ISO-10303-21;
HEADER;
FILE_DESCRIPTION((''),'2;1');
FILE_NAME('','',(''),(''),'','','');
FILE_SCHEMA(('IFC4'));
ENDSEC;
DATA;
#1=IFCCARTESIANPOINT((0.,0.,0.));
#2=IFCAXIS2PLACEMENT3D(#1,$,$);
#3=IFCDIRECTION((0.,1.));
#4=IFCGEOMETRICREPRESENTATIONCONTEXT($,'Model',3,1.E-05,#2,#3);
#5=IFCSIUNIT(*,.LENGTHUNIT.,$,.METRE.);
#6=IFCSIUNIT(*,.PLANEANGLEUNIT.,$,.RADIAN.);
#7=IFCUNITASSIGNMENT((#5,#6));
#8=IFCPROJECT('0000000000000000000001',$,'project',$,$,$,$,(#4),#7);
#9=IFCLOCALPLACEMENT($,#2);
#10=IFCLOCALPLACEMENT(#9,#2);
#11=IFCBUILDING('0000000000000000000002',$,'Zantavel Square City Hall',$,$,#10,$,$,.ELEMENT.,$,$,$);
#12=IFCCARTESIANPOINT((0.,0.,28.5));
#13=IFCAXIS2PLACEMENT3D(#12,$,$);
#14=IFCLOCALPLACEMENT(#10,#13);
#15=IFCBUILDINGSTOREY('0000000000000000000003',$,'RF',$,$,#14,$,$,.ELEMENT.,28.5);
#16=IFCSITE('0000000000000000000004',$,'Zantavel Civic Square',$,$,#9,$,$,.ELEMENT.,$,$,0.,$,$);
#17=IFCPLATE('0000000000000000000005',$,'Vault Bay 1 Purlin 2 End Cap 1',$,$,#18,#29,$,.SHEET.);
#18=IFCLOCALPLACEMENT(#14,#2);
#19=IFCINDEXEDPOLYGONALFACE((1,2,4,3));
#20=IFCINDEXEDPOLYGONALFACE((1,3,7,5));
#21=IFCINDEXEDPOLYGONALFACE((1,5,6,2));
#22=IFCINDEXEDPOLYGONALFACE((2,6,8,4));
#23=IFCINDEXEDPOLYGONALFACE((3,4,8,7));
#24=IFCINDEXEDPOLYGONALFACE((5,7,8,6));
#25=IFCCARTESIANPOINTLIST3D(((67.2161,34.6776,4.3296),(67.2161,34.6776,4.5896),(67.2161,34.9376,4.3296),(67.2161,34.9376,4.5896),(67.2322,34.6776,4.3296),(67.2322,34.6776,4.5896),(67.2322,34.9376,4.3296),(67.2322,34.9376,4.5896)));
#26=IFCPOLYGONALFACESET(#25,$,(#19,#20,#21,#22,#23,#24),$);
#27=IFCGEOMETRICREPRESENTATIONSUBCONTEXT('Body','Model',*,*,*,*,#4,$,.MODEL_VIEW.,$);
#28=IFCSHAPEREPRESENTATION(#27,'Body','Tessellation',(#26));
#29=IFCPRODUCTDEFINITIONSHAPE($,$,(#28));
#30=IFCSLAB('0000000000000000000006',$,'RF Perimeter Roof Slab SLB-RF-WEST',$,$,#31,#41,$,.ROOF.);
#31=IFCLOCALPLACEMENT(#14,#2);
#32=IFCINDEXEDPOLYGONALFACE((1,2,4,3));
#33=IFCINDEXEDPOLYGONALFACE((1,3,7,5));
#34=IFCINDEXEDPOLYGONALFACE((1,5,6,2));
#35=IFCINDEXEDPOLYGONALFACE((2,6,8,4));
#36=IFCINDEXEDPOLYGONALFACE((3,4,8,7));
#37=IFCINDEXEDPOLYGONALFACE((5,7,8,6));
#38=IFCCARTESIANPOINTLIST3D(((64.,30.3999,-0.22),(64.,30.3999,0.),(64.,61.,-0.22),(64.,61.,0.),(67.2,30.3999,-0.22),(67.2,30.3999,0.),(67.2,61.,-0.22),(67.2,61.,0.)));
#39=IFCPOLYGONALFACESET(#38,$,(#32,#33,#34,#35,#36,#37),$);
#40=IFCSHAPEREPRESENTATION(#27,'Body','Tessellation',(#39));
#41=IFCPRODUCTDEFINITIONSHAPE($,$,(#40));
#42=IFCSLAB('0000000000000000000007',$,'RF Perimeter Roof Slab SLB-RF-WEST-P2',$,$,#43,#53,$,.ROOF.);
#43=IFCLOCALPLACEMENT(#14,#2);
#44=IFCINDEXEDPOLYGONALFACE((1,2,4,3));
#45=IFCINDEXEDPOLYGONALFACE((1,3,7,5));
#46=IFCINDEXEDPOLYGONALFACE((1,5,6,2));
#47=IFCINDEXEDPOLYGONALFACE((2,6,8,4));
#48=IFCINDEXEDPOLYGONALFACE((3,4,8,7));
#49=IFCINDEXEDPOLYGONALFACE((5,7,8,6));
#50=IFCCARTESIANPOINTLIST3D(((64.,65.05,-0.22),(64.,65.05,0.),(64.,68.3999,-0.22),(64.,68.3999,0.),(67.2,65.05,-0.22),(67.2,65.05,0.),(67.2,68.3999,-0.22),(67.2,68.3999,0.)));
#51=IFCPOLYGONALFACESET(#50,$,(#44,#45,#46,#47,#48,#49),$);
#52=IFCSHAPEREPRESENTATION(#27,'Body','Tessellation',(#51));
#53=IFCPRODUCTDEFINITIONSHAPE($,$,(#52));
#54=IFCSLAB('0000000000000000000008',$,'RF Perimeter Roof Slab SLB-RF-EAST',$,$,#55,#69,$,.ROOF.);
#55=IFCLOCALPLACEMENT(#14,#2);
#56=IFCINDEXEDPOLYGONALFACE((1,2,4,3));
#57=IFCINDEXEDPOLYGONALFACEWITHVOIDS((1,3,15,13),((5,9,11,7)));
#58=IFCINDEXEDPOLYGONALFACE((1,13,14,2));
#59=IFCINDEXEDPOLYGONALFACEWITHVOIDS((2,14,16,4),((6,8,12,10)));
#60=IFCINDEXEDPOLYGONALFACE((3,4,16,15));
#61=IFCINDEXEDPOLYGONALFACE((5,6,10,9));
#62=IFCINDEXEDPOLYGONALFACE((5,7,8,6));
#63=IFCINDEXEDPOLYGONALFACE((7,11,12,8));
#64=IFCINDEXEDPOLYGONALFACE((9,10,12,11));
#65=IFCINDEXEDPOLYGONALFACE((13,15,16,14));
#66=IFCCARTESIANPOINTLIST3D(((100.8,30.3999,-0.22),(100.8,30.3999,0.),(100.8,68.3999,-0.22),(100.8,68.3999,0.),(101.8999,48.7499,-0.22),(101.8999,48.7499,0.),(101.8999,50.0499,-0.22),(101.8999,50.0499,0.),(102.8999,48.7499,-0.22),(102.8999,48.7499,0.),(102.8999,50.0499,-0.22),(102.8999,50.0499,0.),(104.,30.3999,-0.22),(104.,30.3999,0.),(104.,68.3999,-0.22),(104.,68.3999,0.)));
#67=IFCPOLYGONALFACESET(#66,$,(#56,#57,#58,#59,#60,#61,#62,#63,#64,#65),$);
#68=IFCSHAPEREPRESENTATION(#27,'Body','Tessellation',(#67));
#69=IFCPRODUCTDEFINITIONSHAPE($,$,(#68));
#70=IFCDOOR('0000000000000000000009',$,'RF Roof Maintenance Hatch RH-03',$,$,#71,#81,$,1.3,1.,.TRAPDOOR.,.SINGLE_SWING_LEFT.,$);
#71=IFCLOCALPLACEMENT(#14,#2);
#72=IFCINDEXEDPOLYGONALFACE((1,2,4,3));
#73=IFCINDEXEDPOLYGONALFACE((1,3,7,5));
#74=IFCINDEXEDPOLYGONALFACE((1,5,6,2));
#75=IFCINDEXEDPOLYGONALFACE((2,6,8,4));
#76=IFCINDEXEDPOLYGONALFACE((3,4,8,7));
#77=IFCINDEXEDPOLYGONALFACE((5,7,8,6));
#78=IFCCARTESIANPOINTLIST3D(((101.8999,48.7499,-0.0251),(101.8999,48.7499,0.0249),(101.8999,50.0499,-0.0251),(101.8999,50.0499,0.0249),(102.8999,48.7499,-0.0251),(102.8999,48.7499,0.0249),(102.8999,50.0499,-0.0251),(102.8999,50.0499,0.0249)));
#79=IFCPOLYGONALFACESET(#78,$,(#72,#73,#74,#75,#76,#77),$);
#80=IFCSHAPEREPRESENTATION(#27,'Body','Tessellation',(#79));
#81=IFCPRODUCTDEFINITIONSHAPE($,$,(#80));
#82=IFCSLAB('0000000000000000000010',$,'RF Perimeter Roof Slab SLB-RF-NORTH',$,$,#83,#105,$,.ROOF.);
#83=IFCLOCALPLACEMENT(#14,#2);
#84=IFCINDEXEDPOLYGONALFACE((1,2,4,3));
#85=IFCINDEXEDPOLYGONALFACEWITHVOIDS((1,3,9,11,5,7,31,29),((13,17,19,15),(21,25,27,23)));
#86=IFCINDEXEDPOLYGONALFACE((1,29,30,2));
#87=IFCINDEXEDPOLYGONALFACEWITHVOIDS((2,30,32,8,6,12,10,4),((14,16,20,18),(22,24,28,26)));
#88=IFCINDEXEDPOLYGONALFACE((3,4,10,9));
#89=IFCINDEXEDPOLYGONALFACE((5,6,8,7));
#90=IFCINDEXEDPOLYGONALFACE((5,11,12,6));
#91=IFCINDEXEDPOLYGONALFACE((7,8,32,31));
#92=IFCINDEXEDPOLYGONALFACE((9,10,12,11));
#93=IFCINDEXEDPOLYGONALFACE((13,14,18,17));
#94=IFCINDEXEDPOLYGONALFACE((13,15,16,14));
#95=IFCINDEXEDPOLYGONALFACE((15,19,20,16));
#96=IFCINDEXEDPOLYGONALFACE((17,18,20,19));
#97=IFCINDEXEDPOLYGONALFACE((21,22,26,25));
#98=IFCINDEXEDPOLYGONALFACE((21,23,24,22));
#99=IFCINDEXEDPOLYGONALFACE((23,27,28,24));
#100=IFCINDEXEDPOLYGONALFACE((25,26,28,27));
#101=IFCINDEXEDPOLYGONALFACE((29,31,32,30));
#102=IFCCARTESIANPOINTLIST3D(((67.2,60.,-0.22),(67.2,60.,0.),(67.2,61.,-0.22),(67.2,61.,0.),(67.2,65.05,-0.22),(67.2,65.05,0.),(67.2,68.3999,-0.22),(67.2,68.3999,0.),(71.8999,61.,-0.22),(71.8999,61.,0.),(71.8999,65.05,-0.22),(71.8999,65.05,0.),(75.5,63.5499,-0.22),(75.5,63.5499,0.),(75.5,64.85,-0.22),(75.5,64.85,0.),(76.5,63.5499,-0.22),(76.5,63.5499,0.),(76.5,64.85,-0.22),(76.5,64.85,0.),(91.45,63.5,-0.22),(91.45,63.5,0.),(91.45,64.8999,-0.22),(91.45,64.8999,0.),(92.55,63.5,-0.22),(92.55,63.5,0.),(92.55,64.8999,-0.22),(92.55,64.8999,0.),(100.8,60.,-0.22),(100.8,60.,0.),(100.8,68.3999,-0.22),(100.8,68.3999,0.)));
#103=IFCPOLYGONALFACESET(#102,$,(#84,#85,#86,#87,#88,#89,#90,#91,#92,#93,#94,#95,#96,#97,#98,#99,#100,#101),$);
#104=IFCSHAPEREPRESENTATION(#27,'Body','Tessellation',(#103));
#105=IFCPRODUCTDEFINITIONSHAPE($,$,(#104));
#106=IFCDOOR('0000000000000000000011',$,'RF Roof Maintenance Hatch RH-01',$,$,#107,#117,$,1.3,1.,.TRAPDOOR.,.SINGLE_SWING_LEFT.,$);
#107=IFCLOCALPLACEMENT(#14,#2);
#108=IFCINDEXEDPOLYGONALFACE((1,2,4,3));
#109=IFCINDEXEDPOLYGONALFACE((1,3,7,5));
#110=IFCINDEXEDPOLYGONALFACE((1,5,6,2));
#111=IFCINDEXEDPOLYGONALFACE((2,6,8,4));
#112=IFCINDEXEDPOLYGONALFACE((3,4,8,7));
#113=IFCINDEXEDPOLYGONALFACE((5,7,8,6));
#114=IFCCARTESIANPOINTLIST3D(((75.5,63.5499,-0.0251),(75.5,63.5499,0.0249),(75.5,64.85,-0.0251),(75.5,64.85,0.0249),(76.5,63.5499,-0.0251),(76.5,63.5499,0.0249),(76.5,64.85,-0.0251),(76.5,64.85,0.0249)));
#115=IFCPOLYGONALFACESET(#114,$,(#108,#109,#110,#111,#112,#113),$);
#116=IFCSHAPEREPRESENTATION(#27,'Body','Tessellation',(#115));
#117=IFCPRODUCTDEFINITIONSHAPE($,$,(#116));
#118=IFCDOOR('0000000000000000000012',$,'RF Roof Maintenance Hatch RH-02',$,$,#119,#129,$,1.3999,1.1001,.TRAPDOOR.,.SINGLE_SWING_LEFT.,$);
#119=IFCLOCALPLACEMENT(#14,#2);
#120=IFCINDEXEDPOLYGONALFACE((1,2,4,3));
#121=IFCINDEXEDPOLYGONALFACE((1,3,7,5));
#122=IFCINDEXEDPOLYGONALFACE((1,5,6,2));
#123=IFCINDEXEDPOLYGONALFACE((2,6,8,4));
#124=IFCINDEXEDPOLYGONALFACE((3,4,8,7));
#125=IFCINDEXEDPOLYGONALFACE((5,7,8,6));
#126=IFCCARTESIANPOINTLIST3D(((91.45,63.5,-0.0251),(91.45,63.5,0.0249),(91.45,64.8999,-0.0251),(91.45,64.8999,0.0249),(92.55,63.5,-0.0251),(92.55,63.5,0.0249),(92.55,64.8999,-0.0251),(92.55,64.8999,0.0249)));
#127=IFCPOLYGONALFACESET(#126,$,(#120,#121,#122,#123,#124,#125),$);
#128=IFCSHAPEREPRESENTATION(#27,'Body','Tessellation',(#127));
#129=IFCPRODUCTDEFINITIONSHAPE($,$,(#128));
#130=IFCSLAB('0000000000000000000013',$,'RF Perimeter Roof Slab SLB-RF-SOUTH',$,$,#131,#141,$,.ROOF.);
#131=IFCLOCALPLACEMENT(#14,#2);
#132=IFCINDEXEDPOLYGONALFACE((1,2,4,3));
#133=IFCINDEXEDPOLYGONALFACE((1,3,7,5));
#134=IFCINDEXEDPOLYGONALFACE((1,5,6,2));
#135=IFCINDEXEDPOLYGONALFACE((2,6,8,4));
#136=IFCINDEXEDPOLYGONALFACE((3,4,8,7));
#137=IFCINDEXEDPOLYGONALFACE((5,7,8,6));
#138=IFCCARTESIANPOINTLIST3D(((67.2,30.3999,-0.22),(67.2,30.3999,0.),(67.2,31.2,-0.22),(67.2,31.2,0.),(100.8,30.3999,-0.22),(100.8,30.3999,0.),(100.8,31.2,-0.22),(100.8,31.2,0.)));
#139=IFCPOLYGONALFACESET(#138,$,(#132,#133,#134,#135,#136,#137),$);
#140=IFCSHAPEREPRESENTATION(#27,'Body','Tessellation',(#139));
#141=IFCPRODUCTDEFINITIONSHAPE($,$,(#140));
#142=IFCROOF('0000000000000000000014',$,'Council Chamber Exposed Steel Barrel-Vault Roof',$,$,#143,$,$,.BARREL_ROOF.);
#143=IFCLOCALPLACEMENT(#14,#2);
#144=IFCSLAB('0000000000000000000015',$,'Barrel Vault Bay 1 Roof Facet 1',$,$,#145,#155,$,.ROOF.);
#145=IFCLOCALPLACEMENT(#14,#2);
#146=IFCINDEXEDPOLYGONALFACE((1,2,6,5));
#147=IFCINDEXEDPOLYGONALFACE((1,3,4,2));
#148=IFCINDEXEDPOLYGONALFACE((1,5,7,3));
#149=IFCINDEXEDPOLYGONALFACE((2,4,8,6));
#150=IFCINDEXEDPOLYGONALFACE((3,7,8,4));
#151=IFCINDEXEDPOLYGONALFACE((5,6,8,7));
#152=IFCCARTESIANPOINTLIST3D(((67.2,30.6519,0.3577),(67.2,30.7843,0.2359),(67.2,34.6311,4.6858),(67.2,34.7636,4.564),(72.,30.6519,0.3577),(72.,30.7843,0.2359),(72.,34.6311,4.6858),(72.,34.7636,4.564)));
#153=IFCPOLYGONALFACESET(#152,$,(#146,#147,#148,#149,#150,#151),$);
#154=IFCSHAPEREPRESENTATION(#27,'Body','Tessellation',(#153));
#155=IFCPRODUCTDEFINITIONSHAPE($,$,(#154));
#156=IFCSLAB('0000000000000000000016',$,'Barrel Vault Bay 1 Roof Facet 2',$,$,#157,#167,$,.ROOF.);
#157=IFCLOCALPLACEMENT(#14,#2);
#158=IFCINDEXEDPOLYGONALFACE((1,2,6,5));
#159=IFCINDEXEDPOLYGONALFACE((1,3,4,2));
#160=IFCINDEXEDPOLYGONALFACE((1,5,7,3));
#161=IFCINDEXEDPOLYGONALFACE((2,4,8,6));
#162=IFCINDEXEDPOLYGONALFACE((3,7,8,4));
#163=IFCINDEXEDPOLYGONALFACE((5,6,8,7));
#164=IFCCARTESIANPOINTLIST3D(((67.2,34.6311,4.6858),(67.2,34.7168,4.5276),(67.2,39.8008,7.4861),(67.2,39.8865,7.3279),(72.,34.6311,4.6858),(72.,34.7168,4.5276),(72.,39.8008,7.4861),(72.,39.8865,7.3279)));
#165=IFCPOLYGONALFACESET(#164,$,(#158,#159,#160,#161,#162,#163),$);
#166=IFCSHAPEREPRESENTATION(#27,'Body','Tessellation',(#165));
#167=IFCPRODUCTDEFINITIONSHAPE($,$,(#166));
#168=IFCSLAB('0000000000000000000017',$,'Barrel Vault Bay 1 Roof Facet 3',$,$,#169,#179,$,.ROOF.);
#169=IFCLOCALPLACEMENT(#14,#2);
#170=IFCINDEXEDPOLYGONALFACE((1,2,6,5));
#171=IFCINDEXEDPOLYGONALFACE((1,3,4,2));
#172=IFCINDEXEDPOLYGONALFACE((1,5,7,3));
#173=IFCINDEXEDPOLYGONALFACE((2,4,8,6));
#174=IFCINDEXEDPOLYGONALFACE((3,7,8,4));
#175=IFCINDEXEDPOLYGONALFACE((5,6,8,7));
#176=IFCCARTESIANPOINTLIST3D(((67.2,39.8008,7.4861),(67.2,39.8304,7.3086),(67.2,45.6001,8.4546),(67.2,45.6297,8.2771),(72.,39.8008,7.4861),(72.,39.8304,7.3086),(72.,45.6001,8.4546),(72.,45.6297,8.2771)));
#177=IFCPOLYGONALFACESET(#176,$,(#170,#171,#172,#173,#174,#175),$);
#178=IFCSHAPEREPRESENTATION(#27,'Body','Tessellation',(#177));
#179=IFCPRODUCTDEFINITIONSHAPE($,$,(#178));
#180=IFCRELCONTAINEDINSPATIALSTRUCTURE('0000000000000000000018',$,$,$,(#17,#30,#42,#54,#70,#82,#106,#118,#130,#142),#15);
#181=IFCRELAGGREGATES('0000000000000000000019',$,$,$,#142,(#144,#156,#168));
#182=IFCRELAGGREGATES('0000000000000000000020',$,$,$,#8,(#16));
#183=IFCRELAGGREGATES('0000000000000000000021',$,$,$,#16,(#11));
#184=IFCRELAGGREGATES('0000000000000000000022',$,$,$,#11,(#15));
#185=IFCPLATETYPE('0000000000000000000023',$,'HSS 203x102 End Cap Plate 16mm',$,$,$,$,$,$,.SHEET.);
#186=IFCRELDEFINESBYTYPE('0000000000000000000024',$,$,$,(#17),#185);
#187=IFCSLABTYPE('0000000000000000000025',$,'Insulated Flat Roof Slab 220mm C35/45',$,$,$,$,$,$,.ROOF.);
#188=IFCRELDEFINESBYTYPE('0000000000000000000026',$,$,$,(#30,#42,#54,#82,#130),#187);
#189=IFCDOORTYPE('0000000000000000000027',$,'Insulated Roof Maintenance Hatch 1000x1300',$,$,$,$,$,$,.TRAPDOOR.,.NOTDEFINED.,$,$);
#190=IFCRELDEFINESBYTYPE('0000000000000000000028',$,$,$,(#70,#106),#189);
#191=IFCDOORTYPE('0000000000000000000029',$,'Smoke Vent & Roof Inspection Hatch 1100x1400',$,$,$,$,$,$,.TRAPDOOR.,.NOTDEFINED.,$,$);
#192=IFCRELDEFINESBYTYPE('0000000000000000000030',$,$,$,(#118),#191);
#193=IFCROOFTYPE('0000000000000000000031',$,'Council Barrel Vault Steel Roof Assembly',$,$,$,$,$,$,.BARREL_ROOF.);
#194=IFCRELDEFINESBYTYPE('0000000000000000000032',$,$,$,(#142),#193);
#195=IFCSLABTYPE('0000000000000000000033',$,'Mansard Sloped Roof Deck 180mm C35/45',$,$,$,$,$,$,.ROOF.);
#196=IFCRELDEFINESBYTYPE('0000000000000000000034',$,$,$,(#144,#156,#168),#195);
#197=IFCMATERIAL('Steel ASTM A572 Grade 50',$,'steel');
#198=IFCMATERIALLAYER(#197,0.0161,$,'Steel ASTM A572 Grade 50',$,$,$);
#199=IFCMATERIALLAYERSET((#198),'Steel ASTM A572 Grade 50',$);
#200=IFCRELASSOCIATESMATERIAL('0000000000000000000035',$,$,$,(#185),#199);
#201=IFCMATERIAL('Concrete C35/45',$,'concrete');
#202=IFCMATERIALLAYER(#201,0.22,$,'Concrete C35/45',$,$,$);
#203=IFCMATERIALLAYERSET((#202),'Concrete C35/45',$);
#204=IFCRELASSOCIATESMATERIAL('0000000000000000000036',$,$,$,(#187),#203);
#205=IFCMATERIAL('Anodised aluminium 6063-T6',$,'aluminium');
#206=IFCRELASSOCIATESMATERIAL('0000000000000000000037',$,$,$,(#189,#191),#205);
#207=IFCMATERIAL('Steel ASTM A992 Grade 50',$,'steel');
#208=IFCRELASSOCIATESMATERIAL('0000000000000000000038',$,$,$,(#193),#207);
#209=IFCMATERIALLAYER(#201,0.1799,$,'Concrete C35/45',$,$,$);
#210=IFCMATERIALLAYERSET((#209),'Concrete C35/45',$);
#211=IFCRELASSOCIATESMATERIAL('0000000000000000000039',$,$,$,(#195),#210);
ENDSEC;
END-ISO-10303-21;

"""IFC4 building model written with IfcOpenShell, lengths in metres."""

from ifc_helpers import new_model, si_unit, direction, frame, origin, origin_2d, place, context, subcontext, project, spatial, polyline, rectangle, outline, extrude, material, layer, layer_set, type_object, element, fill, aggregate, save


model = new_model("IFC4")

# Units and contexts
model_context = context("Model", 3, precision=1e-05, world=origin(), true_north=direction((0.0, 1.0)))
body_context = subcontext(model_context, "Body", "Model", "MODEL_VIEW")
ifc_project = project(units=[si_unit("LENGTHUNIT", "METRE"), si_unit("PLANEANGLEUNIT", "RADIAN")], contexts=[model_context])

# Site, building, storey
site_placement = place(None, origin())
site = spatial("IfcSite", under=ifc_project, at=site_placement, Name="Zantavel Civic Square", CompositionType="ELEMENT", RefElevation=0.0)
building_placement = place(site_placement, origin())
building = spatial("IfcBuilding", under=site, at=building_placement, Name="Zantavel Square City Hall", CompositionType="ELEMENT")
storey_placement = place(building_placement, frame((0.0, 0.0, 28.5)))
storey = spatial("IfcBuildingStorey", under=building, at=storey_placement, Name="RF", CompositionType="ELEMENT", Elevation=28.5)

# Shared definitions
ifc_material_1 = material(Name="Steel ASTM A992 Grade 50", Category="steel")

# Shared definitions
ifc_material_2 = material(Name="Steel ASTM A572 Grade 50", Category="steel")

# Shared definitions
ifc_material_3 = material(Name="Concrete C35/45", Category="concrete")

# Plate
ifc_layer_1 = layer(ifc_material_2, 0.0161, Name="Steel ASTM A572 Grade 50")
ifc_layer_set_1 = layer_set([ifc_layer_1], Name="Steel ASTM A572 Grade 50")
plate_type_1 = type_object("IfcPlateType", Name="HSS 203x102 End Cap Plate 16mm", PredefinedType="SHEET", material=ifc_layer_set_1)
plate_1_placement = place(storey_placement, frame((67.2241, 34.8076, 4.3296), z_axis=(0.0, 0.0, 1.0), x_axis=(1.0, 0.0, 0.0)))
element("IfcPlate", 1, at=plate_1_placement, inside=storey, type_object=plate_type_1, Name="Vault Bay 1 Purlin 2 End Cap 1", PredefinedType="SHEET", context=body_context, shape_type="SweptSolid", body=[
    extrude(rectangle(XDim=0.0161, YDim=0.26, at=origin_2d()), origin(), (0.0, 0.0, 1.0), 0.26),
])

# Slabs
ifc_layer_2 = layer(ifc_material_3, 0.22, Name="Concrete C35/45")
ifc_layer_set_2 = layer_set([ifc_layer_2], Name="Concrete C35/45")
slab_type_1 = type_object("IfcSlabType", Name="Insulated Flat Roof Slab 220mm C35/45", PredefinedType="ROOF", material=ifc_layer_set_2)
slab_1_placement = place(storey_placement, frame((0.0, 0.0, -0.22)))
element("IfcSlab", 2, at=slab_1_placement, inside=storey, type_object=slab_type_1, Name="RF Perimeter Roof Slab SLB-RF-WEST", PredefinedType="ROOF", context=body_context, shape_type="SweptSolid", body=[
    extrude(outline(polyline([(67.2, 30.3999), (64.0, 30.3999), (64.0, 61.0), (67.2, 61.0), (67.2, 30.3999)])), origin(), (0.0, 0.0, 1.0), 0.22),
])
slab_2_placement = place(storey_placement, frame((0.0, 0.0, -0.22)))
element("IfcSlab", 3, at=slab_2_placement, inside=storey, type_object=slab_type_1, Name="RF Perimeter Roof Slab SLB-RF-WEST-P2", PredefinedType="ROOF", context=body_context, shape_type="SweptSolid", body=[
    extrude(outline(polyline([(64.0, 68.3999), (67.2, 68.3999), (67.2, 65.05), (64.0, 65.05), (64.0, 68.3999)])), origin(), (0.0, 0.0, 1.0), 0.22),
])

# Slab, opening, door
slab_3_placement = place(storey_placement, frame((0.0, 0.0, -0.22)))
slab_3 = element("IfcSlab", 4, at=slab_3_placement, inside=storey, type_object=slab_type_1, Name="RF Perimeter Roof Slab SLB-RF-EAST", PredefinedType="ROOF", context=body_context, shape_type="SweptSolid", body=[
    extrude(outline(polyline([(100.8, 30.3999), (100.8, 68.3999), (104.0, 68.3999), (104.0, 30.3999), (100.8, 30.3999)])), origin(), (0.0, 0.0, 1.0), 0.22),
])
opening_1_placement = place(slab_3_placement, frame((102.3999, 49.3999, 0.0)))
opening_1 = element("IfcOpeningElement", 5, at=opening_1_placement, cuts=slab_3, PredefinedType="OPENING", context=body_context, shape_type="SweptSolid", body=[
    extrude(rectangle(XDim=1.0, YDim=1.3, at=origin_2d()), frame((0.0, 0.0, -0.02)), (0.0, 0.0, 1.0), 0.2849),
])
ifc_material_4 = material(Name="Anodised aluminium 6063-T6", Category="aluminium")
door_type_1 = type_object("IfcDoorType", Name="Insulated Roof Maintenance Hatch 1000x1300", OperationType="NOTDEFINED", PredefinedType="TRAPDOOR", material=ifc_material_4)
door_1_placement = place(opening_1_placement, frame((0.0, 0.0, 0.1948)))
door_1 = element("IfcDoor", 6, at=door_1_placement, inside=storey, type_object=door_type_1, Name="RF Roof Maintenance Hatch RH-03", OperationType="SINGLE_SWING_LEFT", OverallHeight=1.3, OverallWidth=1.0, PredefinedType="TRAPDOOR", context=body_context, shape_type="SweptSolid", body=[
    extrude(rectangle(XDim=1.0, YDim=1.3, at=origin_2d()), origin(), (0.0, 0.0, 1.0), 0.05),
])
fill(opening_1, door_1)

# Slab, openings, doors
slab_4_placement = place(storey_placement, frame((0.0, 0.0, -0.22)))
slab_4 = element("IfcSlab", 7, at=slab_4_placement, inside=storey, type_object=slab_type_1, Name="RF Perimeter Roof Slab SLB-RF-NORTH", PredefinedType="ROOF", context=body_context, shape_type="SweptSolid", body=[
    extrude(outline(polyline([(67.2, 68.3999), (100.8, 68.3999), (100.8, 60.0), (67.2, 60.0), (67.2, 61.0), (71.8999, 61.0), (71.8999, 65.05), (67.2, 65.05), (67.2, 68.3999)])), origin(), (0.0, 0.0, 1.0), 0.22),
])
opening_2_placement = place(slab_4_placement, frame((76.0, 64.2, 0.0)))
opening_2 = element("IfcOpeningElement", 8, at=opening_2_placement, cuts=slab_4, PredefinedType="OPENING", context=body_context, shape_type="SweptSolid", body=[
    extrude(rectangle(XDim=1.0, YDim=1.3, at=origin_2d()), frame((0.0, 0.0, -0.02)), (0.0, 0.0, 1.0), 0.2849),
])
opening_3_placement = place(slab_4_placement, frame((92.0, 64.2, 0.0)))
opening_3 = element("IfcOpeningElement", 9, at=opening_3_placement, cuts=slab_4, PredefinedType="OPENING", context=body_context, shape_type="SweptSolid", body=[
    extrude(rectangle(XDim=1.1001, YDim=1.3999, at=origin_2d()), frame((0.0, 0.0, -0.02)), (0.0, 0.0, 1.0), 0.2849),
])
door_2_placement = place(opening_2_placement, frame((0.0, 0.0, 0.1948)))
door_2 = element("IfcDoor", 10, at=door_2_placement, inside=storey, type_object=door_type_1, Name="RF Roof Maintenance Hatch RH-01", OperationType="SINGLE_SWING_LEFT", OverallHeight=1.3, OverallWidth=1.0, PredefinedType="TRAPDOOR", context=body_context, shape_type="SweptSolid", body=[
    extrude(rectangle(XDim=1.0, YDim=1.3, at=origin_2d()), origin(), (0.0, 0.0, 1.0), 0.05),
])
fill(opening_2, door_2)
door_type_2 = type_object("IfcDoorType", Name="Smoke Vent & Roof Inspection Hatch 1100x1400", OperationType="NOTDEFINED", PredefinedType="TRAPDOOR", material=ifc_material_4)
door_3_placement = place(opening_3_placement, frame((0.0, 0.0, 0.1948)))
door_3 = element("IfcDoor", 11, at=door_3_placement, inside=storey, type_object=door_type_2, Name="RF Roof Maintenance Hatch RH-02", OperationType="SINGLE_SWING_LEFT", OverallHeight=1.3999, OverallWidth=1.1001, PredefinedType="TRAPDOOR", context=body_context, shape_type="SweptSolid", body=[
    extrude(rectangle(XDim=1.1001, YDim=1.3999, at=origin_2d()), origin(), (0.0, 0.0, 1.0), 0.05),
])
fill(opening_3, door_3)

# Slab
slab_5_placement = place(storey_placement, frame((0.0, 0.0, -0.22)))
element("IfcSlab", 12, at=slab_5_placement, inside=storey, type_object=slab_type_1, Name="RF Perimeter Roof Slab SLB-RF-SOUTH", PredefinedType="ROOF", context=body_context, shape_type="SweptSolid", body=[
    extrude(outline(polyline([(67.2, 30.3999), (67.2, 31.2), (100.8, 31.2), (100.8, 30.3999), (67.2, 30.3999)])), origin(), (0.0, 0.0, 1.0), 0.22),
])

# Roof, slabs
roof_type = type_object("IfcRoofType", Name="Council Barrel Vault Steel Roof Assembly", PredefinedType="BARREL_ROOF", material=ifc_material_1)
roof_placement = place(storey_placement, origin())
roof = element("IfcRoof", 13, at=roof_placement, inside=storey, type_object=roof_type, Name="Council Chamber Exposed Steel Barrel-Vault Roof", PredefinedType="BARREL_ROOF")
ifc_layer_3 = layer(ifc_material_3, 0.1799, Name="Concrete C35/45")
ifc_layer_set_3 = layer_set([ifc_layer_3], Name="Concrete C35/45")
slab_type_2 = type_object("IfcSlabType", Name="Mansard Sloped Roof Deck 180mm C35/45", PredefinedType="ROOF", material=ifc_layer_set_3)
slab_6_placement = place(storey_placement, frame((67.2, 30.6519, 0.3577), z_axis=(0.0, -0.736154, 0.676815), x_axis=(1.0, 0.0, 0.0)))
slab_6 = element("IfcSlab", 14, at=slab_6_placement, type_object=slab_type_2, Name="Barrel Vault Bay 1 Roof Facet 1", PredefinedType="ROOF", context=body_context, shape_type="SweptSolid", body=[
    extrude(outline(polyline([(0.0, 0.0), (4.8, 0.0), (4.8, 5.8794), (0.0, 5.8794), (0.0, 0.0)])), origin(), (0.0, 0.0, -1.0), 0.1799),
])
slab_7_placement = place(storey_placement, frame((67.2, 34.6311, 4.6858), z_axis=(0.0, -0.47629, 0.879288), x_axis=(1.0, 0.0, 0.0)))
slab_7 = element("IfcSlab", 15, at=slab_7_placement, type_object=slab_type_2, Name="Barrel Vault Bay 1 Roof Facet 2", PredefinedType="ROOF", context=body_context, shape_type="SweptSolid", body=[
    extrude(outline(polyline([(0.0, 0.0), (4.8, 0.0), (4.8, 5.8794), (0.0, 5.8794), (0.0, 0.0)])), origin(), (0.0, 0.0, -1.0), 0.1799),
])
slab_8_placement = place(storey_placement, frame((67.2, 39.8008, 7.4861), z_axis=(0.0, -0.164722, 0.98634), x_axis=(1.0, 0.0, 0.0)))
slab_8 = element("IfcSlab", 16, at=slab_8_placement, type_object=slab_type_2, Name="Barrel Vault Bay 1 Roof Facet 3", PredefinedType="ROOF", context=body_context, shape_type="SweptSolid", body=[
    extrude(outline(polyline([(0.0, 0.0), (4.8, 0.0), (4.8, 5.8796), (0.0, 5.8796), (0.0, 0.0)])), origin(), (0.0, 0.0, -1.0), 0.1799),
])
aggregate(roof, [slab_6, slab_7, slab_8])

save(model, "model.ifc")
